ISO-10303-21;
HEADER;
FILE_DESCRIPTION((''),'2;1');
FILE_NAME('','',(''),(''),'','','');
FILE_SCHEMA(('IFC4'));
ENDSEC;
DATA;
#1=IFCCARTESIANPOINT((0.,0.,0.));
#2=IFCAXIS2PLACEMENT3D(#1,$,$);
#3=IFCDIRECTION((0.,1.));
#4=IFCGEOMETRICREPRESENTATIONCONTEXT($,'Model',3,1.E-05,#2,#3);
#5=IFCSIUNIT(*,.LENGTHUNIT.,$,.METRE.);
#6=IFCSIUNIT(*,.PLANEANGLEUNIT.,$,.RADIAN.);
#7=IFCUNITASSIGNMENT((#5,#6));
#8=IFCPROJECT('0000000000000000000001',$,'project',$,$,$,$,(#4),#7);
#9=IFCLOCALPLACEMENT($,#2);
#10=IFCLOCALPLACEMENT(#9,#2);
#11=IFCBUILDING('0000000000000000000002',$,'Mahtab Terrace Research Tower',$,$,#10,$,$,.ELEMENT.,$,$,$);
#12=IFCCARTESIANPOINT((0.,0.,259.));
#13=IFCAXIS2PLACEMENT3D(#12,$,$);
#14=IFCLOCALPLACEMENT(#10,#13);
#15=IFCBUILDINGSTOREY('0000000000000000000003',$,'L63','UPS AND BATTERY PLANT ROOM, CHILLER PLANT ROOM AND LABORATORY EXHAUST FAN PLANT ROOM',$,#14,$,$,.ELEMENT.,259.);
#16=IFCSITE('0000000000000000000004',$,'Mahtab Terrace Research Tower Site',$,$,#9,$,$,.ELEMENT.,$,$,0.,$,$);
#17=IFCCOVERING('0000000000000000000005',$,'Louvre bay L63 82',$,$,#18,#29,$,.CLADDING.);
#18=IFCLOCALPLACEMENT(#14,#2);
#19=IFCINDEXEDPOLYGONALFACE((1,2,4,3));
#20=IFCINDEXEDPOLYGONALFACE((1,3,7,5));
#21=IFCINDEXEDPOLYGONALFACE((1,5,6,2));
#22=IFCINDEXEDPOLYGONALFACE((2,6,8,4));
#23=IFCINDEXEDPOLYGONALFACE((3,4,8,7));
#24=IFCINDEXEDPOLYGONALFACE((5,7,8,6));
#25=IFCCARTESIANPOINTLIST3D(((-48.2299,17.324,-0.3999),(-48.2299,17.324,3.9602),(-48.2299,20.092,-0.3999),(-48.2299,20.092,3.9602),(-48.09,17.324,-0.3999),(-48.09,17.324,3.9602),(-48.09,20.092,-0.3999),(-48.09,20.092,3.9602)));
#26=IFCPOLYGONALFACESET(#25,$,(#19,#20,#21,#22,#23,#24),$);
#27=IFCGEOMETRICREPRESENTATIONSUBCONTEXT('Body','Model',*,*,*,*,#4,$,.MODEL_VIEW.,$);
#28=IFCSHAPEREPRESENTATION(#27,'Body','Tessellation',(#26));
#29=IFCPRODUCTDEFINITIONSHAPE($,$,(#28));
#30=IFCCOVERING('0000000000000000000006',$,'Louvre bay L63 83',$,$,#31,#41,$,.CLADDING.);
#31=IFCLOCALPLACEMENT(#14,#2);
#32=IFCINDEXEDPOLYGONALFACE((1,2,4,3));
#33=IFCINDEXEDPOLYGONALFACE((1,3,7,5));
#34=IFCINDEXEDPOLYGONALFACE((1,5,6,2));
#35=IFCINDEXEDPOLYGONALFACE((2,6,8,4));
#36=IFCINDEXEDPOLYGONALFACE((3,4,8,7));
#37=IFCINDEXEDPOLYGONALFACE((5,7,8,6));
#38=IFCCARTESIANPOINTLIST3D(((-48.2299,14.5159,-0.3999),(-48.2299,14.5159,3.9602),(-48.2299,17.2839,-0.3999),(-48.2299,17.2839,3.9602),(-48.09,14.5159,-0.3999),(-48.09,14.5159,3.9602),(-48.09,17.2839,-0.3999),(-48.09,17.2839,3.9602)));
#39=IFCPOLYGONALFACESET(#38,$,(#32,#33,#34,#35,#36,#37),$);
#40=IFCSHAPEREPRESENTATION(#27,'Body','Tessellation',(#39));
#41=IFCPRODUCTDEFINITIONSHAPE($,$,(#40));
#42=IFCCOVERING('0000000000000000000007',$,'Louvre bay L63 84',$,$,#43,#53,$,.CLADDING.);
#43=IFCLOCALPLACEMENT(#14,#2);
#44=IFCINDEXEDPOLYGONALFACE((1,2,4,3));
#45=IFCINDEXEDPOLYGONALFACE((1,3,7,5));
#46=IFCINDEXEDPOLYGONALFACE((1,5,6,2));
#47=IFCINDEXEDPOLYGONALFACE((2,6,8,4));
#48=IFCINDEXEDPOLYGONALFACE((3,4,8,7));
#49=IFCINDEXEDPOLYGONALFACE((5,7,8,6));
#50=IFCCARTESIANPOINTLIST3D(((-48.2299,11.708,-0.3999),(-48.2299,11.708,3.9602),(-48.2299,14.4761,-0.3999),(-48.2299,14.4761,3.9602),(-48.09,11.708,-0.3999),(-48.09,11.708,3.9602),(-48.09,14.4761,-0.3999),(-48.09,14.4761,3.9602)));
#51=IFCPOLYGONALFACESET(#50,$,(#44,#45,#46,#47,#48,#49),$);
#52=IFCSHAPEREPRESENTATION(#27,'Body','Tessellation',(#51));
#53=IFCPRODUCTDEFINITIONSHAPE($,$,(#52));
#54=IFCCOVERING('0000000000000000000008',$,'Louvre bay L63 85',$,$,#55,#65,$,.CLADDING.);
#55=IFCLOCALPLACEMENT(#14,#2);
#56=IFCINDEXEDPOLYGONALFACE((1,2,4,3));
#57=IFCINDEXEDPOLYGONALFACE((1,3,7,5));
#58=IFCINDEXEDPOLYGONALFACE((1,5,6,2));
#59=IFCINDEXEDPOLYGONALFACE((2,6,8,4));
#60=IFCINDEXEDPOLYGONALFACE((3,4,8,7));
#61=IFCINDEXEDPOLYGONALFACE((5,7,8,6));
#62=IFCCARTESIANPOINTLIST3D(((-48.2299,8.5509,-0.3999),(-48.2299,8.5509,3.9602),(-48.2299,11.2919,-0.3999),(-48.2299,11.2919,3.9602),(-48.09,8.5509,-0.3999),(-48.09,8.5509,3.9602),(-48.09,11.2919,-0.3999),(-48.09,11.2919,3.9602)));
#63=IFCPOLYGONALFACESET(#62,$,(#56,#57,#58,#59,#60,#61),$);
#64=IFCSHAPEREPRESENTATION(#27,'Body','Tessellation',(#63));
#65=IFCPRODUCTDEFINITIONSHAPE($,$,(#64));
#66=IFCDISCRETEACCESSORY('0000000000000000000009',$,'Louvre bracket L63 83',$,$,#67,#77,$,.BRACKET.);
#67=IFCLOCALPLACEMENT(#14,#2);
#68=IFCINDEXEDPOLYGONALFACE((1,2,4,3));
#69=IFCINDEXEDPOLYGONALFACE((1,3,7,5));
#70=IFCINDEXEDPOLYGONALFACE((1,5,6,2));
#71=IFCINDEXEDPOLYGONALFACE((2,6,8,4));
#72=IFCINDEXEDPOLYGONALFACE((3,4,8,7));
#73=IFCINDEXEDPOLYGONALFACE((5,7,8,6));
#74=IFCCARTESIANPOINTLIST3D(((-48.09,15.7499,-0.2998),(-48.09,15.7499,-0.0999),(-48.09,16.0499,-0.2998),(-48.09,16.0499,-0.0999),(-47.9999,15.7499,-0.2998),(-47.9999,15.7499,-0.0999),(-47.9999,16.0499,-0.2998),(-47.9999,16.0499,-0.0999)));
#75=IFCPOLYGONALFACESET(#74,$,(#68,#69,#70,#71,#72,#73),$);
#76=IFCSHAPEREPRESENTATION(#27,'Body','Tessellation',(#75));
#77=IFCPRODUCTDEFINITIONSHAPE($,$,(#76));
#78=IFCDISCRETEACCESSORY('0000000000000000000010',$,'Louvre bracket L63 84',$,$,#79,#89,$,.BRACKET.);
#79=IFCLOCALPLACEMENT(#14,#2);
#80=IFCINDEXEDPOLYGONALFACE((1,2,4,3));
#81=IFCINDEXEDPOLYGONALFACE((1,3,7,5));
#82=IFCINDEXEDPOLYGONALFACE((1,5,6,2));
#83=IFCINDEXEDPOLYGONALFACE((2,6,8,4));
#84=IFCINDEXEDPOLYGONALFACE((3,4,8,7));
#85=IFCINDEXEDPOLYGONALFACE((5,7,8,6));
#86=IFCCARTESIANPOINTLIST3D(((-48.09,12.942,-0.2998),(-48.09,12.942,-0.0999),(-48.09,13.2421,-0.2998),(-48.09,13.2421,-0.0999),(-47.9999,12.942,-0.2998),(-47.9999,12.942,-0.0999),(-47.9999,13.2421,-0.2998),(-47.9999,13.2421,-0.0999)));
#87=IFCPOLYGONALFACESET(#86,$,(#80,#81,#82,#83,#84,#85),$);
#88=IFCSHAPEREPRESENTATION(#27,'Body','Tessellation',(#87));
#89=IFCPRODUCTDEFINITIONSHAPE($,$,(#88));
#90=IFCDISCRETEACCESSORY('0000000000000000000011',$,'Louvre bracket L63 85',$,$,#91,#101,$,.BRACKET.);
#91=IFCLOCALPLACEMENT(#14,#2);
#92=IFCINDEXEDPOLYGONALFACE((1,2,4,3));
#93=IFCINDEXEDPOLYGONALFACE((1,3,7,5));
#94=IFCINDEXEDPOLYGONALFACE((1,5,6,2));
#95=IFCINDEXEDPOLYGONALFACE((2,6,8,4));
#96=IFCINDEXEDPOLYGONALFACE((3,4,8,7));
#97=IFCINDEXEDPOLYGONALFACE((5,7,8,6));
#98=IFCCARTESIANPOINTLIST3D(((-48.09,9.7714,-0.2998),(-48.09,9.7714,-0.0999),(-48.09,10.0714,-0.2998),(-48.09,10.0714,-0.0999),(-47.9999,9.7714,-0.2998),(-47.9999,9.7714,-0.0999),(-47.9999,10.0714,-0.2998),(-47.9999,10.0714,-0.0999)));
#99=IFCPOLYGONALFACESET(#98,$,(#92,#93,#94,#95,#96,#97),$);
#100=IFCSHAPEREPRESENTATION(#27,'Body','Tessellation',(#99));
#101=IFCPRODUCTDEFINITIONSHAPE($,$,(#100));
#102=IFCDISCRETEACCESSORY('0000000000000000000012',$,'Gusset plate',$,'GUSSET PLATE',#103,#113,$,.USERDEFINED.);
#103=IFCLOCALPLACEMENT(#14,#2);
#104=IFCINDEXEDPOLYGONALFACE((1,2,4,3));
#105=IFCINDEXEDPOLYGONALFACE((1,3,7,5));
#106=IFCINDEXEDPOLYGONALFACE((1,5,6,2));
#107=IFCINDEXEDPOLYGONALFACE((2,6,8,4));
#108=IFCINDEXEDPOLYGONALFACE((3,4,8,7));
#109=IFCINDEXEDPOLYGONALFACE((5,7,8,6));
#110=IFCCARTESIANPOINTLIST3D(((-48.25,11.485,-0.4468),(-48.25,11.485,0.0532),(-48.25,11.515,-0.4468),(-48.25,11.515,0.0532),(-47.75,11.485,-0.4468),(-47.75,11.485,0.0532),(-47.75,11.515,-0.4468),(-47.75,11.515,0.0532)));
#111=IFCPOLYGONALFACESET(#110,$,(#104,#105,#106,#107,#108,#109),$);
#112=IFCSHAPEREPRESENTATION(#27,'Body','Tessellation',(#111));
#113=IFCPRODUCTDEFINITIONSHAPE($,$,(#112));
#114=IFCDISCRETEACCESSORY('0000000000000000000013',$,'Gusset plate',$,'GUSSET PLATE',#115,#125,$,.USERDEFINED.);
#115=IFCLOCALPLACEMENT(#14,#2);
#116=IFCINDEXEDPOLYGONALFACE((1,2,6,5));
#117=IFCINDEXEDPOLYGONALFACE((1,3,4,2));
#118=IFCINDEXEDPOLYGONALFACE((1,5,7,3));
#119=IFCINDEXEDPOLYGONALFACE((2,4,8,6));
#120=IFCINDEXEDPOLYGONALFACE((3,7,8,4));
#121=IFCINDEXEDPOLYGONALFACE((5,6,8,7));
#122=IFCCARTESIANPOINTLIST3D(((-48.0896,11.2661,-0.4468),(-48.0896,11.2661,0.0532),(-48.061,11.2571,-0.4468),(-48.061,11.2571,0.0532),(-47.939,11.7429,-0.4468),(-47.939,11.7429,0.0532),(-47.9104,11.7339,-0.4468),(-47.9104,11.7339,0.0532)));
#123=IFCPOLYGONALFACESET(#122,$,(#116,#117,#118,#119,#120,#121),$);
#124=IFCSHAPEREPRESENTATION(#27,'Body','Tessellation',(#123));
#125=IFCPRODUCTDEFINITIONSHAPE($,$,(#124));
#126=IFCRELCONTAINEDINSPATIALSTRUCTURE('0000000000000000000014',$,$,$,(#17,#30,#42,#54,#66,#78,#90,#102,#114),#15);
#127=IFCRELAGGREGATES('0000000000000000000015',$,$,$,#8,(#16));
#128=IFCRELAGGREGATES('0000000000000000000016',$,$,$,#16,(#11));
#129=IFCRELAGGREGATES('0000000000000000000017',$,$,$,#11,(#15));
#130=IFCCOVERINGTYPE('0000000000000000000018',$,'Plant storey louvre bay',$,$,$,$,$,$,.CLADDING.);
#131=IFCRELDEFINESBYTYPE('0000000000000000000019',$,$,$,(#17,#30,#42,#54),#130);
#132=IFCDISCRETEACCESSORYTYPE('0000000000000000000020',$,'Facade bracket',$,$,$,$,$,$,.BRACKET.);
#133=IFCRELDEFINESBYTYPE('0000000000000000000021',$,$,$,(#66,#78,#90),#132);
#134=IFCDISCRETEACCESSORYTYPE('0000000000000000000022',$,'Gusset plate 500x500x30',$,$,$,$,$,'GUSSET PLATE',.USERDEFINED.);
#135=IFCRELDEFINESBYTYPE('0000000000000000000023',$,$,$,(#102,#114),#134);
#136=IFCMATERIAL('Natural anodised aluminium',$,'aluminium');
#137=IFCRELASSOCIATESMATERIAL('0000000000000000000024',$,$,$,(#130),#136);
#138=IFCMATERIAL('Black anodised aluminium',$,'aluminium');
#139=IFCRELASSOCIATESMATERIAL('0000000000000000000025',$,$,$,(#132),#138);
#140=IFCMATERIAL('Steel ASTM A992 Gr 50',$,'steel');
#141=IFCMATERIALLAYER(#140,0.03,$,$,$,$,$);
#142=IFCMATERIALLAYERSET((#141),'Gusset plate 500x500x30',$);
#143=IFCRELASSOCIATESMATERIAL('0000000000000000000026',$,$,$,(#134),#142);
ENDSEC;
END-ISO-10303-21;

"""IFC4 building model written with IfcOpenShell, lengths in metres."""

from ifc_helpers import new_model, si_unit, direction, frame, origin, origin_2d, place, context, subcontext, project, spatial, rectangle, extrude, material, layer, layer_set, type_object, element, save


model = new_model("IFC4")

# Units and contexts
model_context = context("Model", 3, precision=1e-05, world=origin(), true_north=direction((0.0, 1.0)))
body_context = subcontext(model_context, "Body", "Model", "MODEL_VIEW")
ifc_project = project(units=[si_unit("LENGTHUNIT", "METRE"), si_unit("PLANEANGLEUNIT", "RADIAN")], contexts=[model_context])

# Site, building, storey
site_placement = place(None, origin())
site = spatial("IfcSite", under=ifc_project, at=site_placement, Name="Mahtab Terrace Research Tower Site", CompositionType="ELEMENT", RefElevation=0.0)
building_placement = place(site_placement, origin())
building = spatial("IfcBuilding", under=site, at=building_placement, Name="Mahtab Terrace Research Tower", CompositionType="ELEMENT")
storey_placement = place(building_placement, frame((0.0, 0.0, 259.0)))
storey = spatial("IfcBuildingStorey", under=building, at=storey_placement, Name="L63", Description="UPS AND BATTERY PLANT ROOM, CHILLER PLANT ROOM AND LABORATORY EXHAUST FAN PLANT ROOM", CompositionType="ELEMENT", Elevation=259.0)

# Shared definitions
ifc_material_1 = material(Name="Steel ASTM A992 Gr 50", Category="steel")

# Coverings
ifc_material_2 = material(Name="Natural anodised aluminium", Category="aluminium")
covering_type = type_object("IfcCoveringType", Name="Plant storey louvre bay", PredefinedType="CLADDING", material=ifc_material_2)
for number, where, z_axis, x_axis, name in (
    (1, (-48.1599, 18.708, -0.3999), (0.0, 0.0, 1.0), (0.0, -1.0, 0.0), "Louvre bay L63 82"),
    (2, (-48.1599, 15.8999, -0.3999), (0.0, 0.0, 1.0), (0.0, -1.0, 0.0), "Louvre bay L63 83"),
    (3, (-48.1599, 13.092, -0.3999), (0.0, 0.0, 1.0), (0.0, -1.0, 0.0), "Louvre bay L63 84"),
):
    element("IfcCovering", number, at=place(storey_placement, frame(where, z_axis=z_axis, x_axis=x_axis)), inside=storey, type_object=covering_type, Name=name, PredefinedType="CLADDING", context=body_context, shape_type="SweptSolid", body=[
        extrude(rectangle(XDim=2.7681, YDim=0.1399, at=origin_2d()), origin(), (0.0, 0.0, 1.0), 4.3601),
    ])
covering_placement = place(storey_placement, frame((-48.1599, 9.9214, -0.3999), z_axis=(0.0, 0.0, 1.0), x_axis=(0.0, -1.0, 0.0)))
element("IfcCovering", 4, at=covering_placement, inside=storey, type_object=covering_type, Name="Louvre bay L63 85", PredefinedType="CLADDING", context=body_context, shape_type="SweptSolid", body=[
    extrude(rectangle(XDim=2.741, YDim=0.1399, at=origin_2d()), origin(), (0.0, 0.0, 1.0), 4.3601),
])

# Discrete accessories
ifc_material_3 = material(Name="Black anodised aluminium", Category="aluminium")
discrete_accessory_type_1 = type_object("IfcDiscreteAccessoryType", Name="Facade bracket", PredefinedType="BRACKET", material=ifc_material_3)
for number, where, z_axis, x_axis, name in (
    (5, (-48.0449, 15.8999, -0.2998), (0.0, 0.0, 1.0), (0.0, -1.0, 0.0), "Louvre bracket L63 83"),
    (6, (-48.0449, 13.092, -0.2998), (0.0, 0.0, 1.0), (0.0, -1.0, 0.0), "Louvre bracket L63 84"),
    (7, (-48.0449, 9.9214, -0.2998), (0.0, 0.0, 1.0), (0.0, -1.0, 0.0), "Louvre bracket L63 85"),
):
    element("IfcDiscreteAccessory", number, at=place(storey_placement, frame(where, z_axis=z_axis, x_axis=x_axis)), inside=storey, type_object=discrete_accessory_type_1, Name=name, PredefinedType="BRACKET", context=body_context, shape_type="SweptSolid", body=[
        extrude(rectangle(XDim=0.3, YDim=0.0901, at=origin_2d()), origin(), (0.0, 0.0, 1.0), 0.2),
    ])
ifc_layer_1 = layer(ifc_material_1, 0.03)
ifc_layer_set_1 = layer_set([ifc_layer_1], Name="Gusset plate 500x500x30")
discrete_accessory_type_2 = type_object("IfcDiscreteAccessoryType", Name="Gusset plate 500x500x30", ElementType="GUSSET PLATE", PredefinedType="USERDEFINED", material=ifc_layer_set_1)
for number, where, z_axis, x_axis, name in (
    (8, (-48.0, 11.5, -0.4468), (0.0, 0.0, 1.0), (1.0, 0.0, 0.0), "Gusset plate"),
    (9, (-48.0, 11.5, -0.4468), (0.0, 0.0, 1.0), (0.301072, 0.953601, 0.0), "Gusset plate"),
):
    element("IfcDiscreteAccessory", number, at=place(storey_placement, frame(where, z_axis=z_axis, x_axis=x_axis)), inside=storey, type_object=discrete_accessory_type_2, Name=name, ObjectType="GUSSET PLATE", PredefinedType="USERDEFINED", context=body_context, shape_type="SweptSolid", body=[
        extrude(rectangle(XDim=0.5, YDim=0.03, at=origin_2d()), origin(), (0.0, 0.0, 1.0), 0.5),
    ])

save(model, "model.ifc")
